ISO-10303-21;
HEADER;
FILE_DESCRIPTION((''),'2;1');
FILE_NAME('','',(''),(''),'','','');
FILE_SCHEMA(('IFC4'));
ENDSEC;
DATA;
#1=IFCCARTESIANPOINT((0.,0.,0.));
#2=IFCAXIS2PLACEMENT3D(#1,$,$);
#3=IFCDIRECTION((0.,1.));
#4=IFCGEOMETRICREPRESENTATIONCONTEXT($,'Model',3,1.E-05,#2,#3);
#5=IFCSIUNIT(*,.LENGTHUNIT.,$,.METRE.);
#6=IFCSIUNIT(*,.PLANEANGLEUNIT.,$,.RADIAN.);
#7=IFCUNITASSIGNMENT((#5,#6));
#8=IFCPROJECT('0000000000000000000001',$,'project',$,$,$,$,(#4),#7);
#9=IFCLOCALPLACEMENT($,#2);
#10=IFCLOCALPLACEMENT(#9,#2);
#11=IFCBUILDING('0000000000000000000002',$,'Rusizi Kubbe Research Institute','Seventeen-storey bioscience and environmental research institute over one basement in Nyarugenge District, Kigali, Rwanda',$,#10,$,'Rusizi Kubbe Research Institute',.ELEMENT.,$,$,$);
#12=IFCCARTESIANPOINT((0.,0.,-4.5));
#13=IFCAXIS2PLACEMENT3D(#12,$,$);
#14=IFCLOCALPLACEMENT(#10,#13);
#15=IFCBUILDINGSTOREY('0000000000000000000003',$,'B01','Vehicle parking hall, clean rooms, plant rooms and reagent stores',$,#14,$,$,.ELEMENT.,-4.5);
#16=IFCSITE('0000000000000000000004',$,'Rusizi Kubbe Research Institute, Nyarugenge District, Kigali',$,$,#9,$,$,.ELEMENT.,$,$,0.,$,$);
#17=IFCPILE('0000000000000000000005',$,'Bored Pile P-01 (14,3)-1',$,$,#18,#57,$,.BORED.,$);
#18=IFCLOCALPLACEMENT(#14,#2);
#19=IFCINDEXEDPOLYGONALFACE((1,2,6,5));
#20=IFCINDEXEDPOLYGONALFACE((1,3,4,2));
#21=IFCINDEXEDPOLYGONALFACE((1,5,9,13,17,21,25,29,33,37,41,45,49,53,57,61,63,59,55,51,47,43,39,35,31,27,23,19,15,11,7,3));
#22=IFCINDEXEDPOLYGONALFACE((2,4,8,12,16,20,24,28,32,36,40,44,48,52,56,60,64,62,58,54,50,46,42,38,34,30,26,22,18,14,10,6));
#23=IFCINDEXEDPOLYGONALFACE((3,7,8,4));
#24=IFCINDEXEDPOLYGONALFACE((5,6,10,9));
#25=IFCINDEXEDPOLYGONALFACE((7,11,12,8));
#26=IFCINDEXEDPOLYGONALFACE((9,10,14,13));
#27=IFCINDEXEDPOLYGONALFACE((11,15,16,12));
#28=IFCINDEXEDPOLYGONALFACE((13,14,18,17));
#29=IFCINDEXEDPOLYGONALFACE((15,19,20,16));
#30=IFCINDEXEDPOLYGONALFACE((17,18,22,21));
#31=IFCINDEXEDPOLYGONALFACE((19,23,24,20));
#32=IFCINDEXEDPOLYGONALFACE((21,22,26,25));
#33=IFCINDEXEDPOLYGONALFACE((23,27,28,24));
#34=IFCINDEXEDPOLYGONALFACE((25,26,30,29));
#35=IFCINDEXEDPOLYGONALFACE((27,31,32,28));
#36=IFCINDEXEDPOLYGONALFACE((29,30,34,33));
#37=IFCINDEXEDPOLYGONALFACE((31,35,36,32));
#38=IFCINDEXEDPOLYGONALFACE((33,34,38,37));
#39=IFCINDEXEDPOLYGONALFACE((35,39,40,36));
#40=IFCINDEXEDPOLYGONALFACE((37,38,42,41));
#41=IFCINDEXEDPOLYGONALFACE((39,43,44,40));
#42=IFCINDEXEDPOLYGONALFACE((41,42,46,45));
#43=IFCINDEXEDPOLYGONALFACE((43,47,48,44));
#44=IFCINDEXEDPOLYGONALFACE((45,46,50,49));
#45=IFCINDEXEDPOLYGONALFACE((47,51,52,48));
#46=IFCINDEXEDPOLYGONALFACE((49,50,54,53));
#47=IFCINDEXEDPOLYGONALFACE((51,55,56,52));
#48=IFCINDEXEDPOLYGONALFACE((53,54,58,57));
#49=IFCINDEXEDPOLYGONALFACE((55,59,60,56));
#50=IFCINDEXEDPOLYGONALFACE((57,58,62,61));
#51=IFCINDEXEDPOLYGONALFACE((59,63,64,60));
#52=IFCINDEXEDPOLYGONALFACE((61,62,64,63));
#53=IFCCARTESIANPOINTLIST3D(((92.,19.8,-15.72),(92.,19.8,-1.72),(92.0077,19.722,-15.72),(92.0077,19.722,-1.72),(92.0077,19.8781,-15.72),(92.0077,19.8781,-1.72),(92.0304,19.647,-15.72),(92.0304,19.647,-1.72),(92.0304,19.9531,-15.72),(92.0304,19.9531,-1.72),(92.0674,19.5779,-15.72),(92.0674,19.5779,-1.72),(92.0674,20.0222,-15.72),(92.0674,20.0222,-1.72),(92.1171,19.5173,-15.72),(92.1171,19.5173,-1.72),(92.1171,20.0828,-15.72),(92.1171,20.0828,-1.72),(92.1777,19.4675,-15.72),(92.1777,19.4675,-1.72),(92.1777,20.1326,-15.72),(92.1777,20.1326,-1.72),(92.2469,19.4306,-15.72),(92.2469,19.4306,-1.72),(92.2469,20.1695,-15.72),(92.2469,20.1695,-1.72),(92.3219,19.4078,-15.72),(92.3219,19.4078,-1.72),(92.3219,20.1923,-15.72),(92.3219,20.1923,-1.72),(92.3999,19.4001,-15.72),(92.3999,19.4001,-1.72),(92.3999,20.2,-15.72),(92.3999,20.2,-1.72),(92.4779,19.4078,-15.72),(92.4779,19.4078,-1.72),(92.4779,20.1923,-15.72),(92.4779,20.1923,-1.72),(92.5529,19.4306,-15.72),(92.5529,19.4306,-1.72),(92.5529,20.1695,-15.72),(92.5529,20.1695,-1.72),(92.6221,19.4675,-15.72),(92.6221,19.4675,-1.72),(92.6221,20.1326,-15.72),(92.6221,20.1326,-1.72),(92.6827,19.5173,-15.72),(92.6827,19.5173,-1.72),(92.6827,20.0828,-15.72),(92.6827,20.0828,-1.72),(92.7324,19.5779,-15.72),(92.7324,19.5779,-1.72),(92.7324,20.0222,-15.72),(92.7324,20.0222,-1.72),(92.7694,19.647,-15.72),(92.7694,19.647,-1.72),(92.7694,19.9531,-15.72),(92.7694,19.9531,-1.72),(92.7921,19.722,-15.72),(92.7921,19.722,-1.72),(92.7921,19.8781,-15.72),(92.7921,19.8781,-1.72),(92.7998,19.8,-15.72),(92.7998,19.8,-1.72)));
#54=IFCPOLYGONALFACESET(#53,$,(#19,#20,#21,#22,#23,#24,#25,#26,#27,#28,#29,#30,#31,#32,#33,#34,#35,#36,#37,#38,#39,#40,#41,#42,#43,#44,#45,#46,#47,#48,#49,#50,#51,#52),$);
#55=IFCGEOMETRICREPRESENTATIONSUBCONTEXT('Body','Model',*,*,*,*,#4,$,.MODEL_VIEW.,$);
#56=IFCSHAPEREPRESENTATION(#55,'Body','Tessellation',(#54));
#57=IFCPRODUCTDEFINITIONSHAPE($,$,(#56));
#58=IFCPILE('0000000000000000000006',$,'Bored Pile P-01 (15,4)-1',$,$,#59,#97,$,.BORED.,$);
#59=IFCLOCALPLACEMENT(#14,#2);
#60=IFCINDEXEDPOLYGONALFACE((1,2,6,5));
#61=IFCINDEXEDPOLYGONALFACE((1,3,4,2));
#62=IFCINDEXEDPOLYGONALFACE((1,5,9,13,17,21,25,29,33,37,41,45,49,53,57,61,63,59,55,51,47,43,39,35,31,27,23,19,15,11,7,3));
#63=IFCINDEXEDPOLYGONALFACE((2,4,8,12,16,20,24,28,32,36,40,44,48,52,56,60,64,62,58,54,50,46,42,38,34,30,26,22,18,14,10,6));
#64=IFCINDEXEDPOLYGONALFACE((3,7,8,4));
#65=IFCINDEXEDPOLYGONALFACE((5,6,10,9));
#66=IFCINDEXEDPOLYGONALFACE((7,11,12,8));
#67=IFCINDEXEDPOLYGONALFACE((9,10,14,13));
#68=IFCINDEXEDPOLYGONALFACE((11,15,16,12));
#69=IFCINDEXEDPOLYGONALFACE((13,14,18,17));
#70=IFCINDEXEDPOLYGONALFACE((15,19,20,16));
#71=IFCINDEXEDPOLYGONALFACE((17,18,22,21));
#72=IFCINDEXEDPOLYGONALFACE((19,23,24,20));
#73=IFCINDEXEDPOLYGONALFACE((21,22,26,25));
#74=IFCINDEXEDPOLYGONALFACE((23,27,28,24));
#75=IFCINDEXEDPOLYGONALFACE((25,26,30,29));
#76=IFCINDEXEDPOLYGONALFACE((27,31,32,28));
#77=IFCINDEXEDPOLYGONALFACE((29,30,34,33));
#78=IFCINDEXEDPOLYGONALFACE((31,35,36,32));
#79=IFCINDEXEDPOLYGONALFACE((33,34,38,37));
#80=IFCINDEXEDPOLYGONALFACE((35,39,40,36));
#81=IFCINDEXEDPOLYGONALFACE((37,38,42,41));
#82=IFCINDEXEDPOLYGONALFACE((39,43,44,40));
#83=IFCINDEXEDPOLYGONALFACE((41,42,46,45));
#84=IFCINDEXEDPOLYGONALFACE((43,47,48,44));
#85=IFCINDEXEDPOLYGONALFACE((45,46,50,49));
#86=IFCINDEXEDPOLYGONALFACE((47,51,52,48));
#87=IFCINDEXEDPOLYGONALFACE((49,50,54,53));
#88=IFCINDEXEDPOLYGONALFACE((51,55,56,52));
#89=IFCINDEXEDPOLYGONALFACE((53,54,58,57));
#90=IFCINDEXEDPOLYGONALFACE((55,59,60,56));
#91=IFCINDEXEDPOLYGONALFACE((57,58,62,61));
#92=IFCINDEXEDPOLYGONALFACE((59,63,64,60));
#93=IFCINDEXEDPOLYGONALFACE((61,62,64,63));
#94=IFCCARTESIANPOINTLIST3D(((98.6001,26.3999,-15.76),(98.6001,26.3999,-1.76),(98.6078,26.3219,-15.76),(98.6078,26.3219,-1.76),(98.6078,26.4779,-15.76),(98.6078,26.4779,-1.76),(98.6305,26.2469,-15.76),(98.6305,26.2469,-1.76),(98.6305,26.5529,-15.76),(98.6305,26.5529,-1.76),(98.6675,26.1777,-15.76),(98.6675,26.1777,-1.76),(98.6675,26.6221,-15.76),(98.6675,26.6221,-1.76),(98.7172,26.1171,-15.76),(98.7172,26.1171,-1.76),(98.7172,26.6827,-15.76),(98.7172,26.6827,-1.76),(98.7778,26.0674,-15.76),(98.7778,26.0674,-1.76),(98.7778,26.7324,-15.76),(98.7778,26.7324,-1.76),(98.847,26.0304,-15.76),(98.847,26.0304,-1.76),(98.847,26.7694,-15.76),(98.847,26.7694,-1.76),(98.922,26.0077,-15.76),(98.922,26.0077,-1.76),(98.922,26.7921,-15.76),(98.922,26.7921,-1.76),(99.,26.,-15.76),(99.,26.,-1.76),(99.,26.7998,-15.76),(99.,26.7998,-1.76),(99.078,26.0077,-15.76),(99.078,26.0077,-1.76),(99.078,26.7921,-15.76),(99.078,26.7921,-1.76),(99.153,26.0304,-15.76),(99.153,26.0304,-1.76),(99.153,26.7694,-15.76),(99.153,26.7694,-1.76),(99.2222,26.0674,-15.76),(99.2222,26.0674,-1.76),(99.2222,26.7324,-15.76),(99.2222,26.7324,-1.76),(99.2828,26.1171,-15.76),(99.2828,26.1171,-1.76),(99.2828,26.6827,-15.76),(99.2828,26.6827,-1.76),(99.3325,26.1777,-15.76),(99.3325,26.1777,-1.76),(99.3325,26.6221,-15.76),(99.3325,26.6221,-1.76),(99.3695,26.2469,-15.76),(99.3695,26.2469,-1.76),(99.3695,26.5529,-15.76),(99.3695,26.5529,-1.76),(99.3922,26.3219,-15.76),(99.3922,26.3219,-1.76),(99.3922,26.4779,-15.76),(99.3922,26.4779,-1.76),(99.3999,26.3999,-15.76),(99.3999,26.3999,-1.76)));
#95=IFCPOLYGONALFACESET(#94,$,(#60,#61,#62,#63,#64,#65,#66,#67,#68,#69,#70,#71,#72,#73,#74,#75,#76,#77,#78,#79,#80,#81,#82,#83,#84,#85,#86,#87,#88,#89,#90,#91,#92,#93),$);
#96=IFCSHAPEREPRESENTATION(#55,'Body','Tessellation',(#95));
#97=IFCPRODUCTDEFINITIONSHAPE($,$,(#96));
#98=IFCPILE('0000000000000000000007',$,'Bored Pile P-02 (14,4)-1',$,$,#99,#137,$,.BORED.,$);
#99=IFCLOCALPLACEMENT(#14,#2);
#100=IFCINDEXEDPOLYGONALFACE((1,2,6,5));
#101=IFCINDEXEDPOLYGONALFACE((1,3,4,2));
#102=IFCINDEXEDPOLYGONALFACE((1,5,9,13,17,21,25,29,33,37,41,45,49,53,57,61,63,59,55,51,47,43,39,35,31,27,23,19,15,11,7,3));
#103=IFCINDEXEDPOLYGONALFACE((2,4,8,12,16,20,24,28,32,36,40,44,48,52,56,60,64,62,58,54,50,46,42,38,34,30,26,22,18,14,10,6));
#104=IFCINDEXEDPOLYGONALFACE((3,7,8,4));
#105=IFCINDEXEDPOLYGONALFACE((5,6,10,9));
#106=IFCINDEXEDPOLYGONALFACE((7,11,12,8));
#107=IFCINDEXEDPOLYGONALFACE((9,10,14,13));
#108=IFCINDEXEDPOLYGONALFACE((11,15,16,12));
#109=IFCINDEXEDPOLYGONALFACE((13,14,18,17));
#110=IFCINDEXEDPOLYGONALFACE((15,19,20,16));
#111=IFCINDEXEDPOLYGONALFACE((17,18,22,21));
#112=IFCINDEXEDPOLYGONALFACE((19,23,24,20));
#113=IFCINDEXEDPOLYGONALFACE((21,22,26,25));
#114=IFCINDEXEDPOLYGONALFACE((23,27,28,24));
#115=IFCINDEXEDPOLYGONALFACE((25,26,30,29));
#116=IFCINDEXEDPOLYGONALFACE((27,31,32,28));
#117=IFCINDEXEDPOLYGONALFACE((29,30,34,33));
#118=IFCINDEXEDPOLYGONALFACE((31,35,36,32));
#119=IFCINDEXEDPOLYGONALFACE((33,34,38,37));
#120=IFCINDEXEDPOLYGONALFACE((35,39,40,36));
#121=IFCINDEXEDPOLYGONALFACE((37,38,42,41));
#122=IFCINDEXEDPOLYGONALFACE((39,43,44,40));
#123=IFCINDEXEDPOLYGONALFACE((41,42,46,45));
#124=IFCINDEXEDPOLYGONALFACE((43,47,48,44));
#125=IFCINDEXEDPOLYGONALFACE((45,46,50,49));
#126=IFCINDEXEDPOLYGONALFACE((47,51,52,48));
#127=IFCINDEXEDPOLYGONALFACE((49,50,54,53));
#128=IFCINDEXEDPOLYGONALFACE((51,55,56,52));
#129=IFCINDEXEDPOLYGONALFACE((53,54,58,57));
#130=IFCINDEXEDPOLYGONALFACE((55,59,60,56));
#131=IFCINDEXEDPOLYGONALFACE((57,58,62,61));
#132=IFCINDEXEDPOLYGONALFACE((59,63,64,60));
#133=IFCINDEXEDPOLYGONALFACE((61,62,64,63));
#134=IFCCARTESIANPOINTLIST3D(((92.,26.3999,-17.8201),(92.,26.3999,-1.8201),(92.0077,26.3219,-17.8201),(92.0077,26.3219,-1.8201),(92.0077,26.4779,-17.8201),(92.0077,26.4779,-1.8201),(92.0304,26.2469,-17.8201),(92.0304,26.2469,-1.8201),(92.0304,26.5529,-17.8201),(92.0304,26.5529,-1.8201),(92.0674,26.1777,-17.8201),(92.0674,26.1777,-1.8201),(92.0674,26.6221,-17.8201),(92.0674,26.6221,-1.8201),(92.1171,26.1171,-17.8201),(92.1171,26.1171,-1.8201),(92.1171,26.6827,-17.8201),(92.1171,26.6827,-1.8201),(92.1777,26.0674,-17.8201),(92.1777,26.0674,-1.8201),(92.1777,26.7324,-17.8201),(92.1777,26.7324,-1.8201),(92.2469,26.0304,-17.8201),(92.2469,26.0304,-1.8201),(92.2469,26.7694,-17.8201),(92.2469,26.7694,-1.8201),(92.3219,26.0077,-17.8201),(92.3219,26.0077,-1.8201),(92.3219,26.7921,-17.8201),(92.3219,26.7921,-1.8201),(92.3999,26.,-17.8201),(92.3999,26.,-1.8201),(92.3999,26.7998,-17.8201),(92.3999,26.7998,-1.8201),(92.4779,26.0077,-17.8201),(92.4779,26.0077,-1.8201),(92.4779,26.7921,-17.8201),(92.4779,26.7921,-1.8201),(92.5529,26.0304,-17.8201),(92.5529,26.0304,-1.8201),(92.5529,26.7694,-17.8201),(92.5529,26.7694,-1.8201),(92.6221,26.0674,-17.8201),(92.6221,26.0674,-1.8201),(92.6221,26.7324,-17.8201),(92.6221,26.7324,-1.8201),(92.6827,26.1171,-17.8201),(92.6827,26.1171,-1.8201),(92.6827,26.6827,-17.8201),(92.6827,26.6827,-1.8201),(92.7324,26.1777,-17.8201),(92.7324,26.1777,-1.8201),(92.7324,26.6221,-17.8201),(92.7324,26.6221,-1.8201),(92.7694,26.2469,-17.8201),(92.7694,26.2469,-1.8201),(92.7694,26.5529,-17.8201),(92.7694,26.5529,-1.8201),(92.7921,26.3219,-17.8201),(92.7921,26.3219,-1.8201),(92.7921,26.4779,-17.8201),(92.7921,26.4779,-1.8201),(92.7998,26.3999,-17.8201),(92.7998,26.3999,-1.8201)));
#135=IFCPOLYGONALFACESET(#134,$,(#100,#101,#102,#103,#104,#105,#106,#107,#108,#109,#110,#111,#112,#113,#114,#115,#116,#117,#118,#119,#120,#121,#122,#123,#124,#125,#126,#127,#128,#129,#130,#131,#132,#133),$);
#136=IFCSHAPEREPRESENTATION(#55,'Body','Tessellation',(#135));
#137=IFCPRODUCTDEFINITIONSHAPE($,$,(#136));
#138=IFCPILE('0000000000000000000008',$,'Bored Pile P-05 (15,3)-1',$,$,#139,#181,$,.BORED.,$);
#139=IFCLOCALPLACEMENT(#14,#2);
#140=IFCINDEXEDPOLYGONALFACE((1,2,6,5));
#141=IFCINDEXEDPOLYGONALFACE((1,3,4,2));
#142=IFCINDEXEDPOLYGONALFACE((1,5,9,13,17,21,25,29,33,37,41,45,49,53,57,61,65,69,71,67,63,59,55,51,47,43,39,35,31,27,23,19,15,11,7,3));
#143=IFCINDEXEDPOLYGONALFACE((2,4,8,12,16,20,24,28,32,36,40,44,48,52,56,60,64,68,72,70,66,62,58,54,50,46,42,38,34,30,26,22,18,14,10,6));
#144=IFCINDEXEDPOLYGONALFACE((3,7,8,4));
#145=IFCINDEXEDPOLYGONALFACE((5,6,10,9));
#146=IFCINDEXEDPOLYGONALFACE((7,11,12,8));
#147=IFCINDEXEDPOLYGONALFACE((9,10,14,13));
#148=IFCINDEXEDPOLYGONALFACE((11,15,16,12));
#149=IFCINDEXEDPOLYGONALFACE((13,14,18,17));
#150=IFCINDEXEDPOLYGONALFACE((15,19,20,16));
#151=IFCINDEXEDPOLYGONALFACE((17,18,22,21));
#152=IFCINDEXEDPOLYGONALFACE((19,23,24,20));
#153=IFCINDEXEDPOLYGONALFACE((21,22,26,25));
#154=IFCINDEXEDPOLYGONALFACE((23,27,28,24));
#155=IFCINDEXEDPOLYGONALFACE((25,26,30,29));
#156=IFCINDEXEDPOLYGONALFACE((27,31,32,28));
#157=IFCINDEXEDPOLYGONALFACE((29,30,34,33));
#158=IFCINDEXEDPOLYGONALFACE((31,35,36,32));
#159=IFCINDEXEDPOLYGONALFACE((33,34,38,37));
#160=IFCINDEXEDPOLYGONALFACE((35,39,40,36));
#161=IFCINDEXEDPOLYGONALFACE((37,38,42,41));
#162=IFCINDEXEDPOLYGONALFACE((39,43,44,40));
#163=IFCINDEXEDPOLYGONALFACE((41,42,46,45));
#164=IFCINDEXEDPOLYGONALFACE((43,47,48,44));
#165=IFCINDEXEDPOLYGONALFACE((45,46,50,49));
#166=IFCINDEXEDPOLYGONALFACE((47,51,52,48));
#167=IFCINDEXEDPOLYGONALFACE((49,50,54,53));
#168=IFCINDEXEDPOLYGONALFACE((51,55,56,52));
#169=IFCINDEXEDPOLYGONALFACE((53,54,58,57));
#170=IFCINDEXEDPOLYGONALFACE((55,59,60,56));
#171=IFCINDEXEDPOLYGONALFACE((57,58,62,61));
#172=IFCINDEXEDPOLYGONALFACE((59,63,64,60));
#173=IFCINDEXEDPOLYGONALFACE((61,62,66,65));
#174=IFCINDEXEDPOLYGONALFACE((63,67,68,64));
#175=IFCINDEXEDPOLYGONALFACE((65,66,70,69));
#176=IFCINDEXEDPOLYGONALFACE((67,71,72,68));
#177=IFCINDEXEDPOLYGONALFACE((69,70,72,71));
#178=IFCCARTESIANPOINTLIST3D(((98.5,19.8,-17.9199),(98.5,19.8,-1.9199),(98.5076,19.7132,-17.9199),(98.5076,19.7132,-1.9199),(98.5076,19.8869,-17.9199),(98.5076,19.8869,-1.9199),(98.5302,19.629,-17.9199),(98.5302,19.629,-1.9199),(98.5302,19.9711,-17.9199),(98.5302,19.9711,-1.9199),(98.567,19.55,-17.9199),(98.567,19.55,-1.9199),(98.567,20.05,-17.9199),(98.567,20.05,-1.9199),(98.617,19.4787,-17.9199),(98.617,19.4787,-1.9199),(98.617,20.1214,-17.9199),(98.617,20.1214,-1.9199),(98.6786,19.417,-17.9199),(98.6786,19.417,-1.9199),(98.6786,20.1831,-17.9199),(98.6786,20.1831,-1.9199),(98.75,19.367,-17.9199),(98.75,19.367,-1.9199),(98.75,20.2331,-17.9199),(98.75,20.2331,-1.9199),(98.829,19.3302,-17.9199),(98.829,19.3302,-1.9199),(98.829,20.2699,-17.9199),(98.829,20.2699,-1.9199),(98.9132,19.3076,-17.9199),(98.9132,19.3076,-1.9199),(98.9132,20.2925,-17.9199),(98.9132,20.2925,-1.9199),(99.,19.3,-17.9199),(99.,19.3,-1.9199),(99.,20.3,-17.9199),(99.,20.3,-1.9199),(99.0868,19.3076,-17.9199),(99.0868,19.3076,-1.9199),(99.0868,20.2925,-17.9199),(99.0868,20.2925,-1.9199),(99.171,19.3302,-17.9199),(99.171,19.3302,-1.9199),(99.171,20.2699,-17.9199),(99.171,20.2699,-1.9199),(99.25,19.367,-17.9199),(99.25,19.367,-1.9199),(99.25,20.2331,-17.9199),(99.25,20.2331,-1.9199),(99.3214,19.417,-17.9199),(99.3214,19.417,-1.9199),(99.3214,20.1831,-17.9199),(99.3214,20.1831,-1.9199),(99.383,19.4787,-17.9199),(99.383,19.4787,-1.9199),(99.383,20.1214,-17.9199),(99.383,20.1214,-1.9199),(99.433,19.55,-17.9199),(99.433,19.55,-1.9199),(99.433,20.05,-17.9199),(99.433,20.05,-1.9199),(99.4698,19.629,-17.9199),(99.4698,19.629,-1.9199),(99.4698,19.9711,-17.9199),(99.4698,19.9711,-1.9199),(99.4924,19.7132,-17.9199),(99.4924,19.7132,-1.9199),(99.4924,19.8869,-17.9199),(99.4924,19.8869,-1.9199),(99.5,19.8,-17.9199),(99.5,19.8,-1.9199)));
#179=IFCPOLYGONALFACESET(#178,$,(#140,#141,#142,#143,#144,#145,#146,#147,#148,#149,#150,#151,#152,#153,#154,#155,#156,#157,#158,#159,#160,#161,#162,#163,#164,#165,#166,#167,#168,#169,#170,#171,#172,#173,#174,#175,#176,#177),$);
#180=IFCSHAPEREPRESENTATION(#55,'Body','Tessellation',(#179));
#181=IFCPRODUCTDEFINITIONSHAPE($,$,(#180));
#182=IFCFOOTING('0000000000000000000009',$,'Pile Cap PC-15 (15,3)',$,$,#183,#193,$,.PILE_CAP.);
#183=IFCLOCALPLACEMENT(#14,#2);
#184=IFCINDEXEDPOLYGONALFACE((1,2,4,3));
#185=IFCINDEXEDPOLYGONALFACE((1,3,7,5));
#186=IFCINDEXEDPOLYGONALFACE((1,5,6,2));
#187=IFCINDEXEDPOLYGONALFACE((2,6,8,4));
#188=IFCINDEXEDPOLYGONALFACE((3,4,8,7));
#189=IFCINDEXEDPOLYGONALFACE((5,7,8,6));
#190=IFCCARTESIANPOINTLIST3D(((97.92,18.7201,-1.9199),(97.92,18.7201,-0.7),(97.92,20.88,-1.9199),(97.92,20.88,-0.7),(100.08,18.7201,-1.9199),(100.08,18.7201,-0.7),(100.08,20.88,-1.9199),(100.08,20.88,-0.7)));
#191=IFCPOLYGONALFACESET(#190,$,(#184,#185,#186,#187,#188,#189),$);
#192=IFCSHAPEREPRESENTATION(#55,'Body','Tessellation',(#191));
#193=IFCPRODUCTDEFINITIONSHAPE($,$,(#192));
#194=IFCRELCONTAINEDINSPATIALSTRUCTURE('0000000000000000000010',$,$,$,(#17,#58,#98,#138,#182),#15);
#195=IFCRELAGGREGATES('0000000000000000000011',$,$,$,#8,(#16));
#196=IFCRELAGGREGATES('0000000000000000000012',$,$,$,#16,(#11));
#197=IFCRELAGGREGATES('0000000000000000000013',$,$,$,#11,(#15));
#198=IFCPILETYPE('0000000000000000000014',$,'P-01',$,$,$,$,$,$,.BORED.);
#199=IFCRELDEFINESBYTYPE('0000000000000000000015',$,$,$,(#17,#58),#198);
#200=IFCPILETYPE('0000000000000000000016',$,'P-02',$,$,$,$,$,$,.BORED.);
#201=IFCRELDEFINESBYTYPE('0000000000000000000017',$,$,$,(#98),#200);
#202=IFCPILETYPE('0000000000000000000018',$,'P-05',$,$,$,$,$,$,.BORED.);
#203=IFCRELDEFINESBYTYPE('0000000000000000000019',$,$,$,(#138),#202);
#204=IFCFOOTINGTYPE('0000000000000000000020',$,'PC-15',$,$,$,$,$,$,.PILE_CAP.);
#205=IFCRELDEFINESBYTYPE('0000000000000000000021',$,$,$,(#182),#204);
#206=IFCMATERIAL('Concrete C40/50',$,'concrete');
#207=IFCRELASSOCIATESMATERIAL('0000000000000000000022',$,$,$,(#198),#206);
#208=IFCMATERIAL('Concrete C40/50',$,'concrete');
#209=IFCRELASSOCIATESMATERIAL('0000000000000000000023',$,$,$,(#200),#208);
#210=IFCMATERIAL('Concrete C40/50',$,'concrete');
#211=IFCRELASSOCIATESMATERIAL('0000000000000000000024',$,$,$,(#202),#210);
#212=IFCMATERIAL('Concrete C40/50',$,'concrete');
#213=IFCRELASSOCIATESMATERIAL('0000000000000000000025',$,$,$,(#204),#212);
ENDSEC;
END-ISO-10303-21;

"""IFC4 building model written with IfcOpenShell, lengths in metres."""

from ifc_helpers import new_model, si_unit, direction, frame, origin, origin_2d, place, context, subcontext, project, spatial, rectangle, circle, extrude, material, material_profile, profile_set, type_object, element, save


model = new_model("IFC4")

# Units and contexts
model_context = context("Model", 3, precision=1e-05, world=origin(), true_north=direction((0.0, 1.0)))
body_context = subcontext(model_context, "Body", "Model", "MODEL_VIEW")
ifc_project = project(units=[si_unit("LENGTHUNIT", "METRE"), si_unit("PLANEANGLEUNIT", "RADIAN")], contexts=[model_context])

# Site, building, storey
site_placement = place(None, origin())
site = spatial("IfcSite", under=ifc_project, at=site_placement, Name="Rusizi Kubbe Research Institute, Nyarugenge District, Kigali", CompositionType="ELEMENT", RefElevation=0.0)
building_placement = place(site_placement, origin())
building = spatial("IfcBuilding", under=site, at=building_placement, Name="Rusizi Kubbe Research Institute", Description="Seventeen-storey bioscience and environmental research institute over one basement in Nyarugenge District, Kigali, Rwanda", LongName="Rusizi Kubbe Research Institute", CompositionType="ELEMENT")
storey_placement = place(building_placement, frame((0.0, 0.0, -4.5)))
storey = spatial("IfcBuildingStorey", under=building, at=storey_placement, Name="B01", Description="Vehicle parking hall, clean rooms, plant rooms and reagent stores", CompositionType="ELEMENT", Elevation=-4.5)

# Piles
ifc_material_1 = material(Name="Concrete C40/50", Category="concrete")
ifc_material_profile_1 = material_profile(ifc_material_1, circle(Radius=0.3999, at=origin_2d()), Name="PILE-D800")
ifc_profile_set_1 = profile_set([ifc_material_profile_1], Name="Concrete C40/50")
pile_type_1 = type_object("IfcPileType", Name="P-01", PredefinedType="BORED", material=ifc_profile_set_1)
for number, where, z_axis, x_axis, name in (
    (1, (92.3999, 19.8, -1.72), (0.0, 0.0, -1.0), (1.0, 0.0, 0.0), "Bored Pile P-01 (14,3)-1"),
    (2, (99.0, 26.3999, -1.76), (0.0, 0.0, -1.0), (1.0, 0.0, 0.0), "Bored Pile P-01 (15,4)-1"),
):
    element("IfcPile", number, at=place(storey_placement, frame(where, z_axis=z_axis, x_axis=x_axis)), inside=storey, type_object=pile_type_1, Name=name, PredefinedType="BORED", context=body_context, shape_type="SweptSolid", body=[
        extrude(circle(Radius=0.3999, at=origin_2d()), origin(), (0.0, 0.0, 1.0), 14.0),
    ])
ifc_material_2 = material(Name="Concrete C40/50", Category="concrete")
ifc_material_profile_2 = material_profile(ifc_material_2, circle(Radius=0.3999, at=origin_2d()), Name="PILE-D800")
ifc_profile_set_2 = profile_set([ifc_material_profile_2], Name="Concrete C40/50")
pile_type_2 = type_object("IfcPileType", Name="P-02", PredefinedType="BORED", material=ifc_profile_set_2)
pile_1_placement = place(storey_placement, frame((92.3999, 26.3999, -1.8201), z_axis=(0.0, 0.0, -1.0), x_axis=(1.0, 0.0, 0.0)))
element("IfcPile", 3, at=pile_1_placement, inside=storey, type_object=pile_type_2, Name="Bored Pile P-02 (14,4)-1", PredefinedType="BORED", context=body_context, shape_type="SweptSolid", body=[
    extrude(circle(Radius=0.3999, at=origin_2d()), origin(), (0.0, 0.0, 1.0), 16.0),
])
ifc_material_3 = material(Name="Concrete C40/50", Category="concrete")
ifc_material_profile_3 = material_profile(ifc_material_3, circle(Radius=0.5, at=origin_2d()), Name="PILE-D1000")
ifc_profile_set_3 = profile_set([ifc_material_profile_3], Name="Concrete C40/50")
pile_type_3 = type_object("IfcPileType", Name="P-05", PredefinedType="BORED", material=ifc_profile_set_3)
pile_2_placement = place(storey_placement, frame((99.0, 19.8, -1.9199), z_axis=(0.0, 0.0, -1.0), x_axis=(1.0, 0.0, 0.0)))
element("IfcPile", 4, at=pile_2_placement, inside=storey, type_object=pile_type_3, Name="Bored Pile P-05 (15,3)-1", PredefinedType="BORED", context=body_context, shape_type="SweptSolid", body=[
    extrude(circle(Radius=0.5, at=origin_2d()), origin(), (0.0, 0.0, 1.0), 16.0),
])

# Footing
ifc_material_4 = material(Name="Concrete C40/50", Category="concrete")
footing_type_1 = type_object("IfcFootingType", Name="PC-15", PredefinedType="PILE_CAP", material=ifc_material_4)
footing_1_placement = place(storey_placement, frame((99.0, 19.8, -1.9199), z_axis=(0.0, 0.0, 1.0), x_axis=(1.0, 0.0, 0.0)))
element("IfcFooting", 5, at=footing_1_placement, inside=storey, type_object=footing_type_1, Name="Pile Cap PC-15 (15,3)", PredefinedType="PILE_CAP", context=body_context, shape_type="SweptSolid", body=[
    extrude(rectangle(XDim=2.1599, YDim=2.1599, at=origin_2d()), origin(), (0.0, 0.0, 1.0), 1.22),
])

save(model, "model.ifc")
